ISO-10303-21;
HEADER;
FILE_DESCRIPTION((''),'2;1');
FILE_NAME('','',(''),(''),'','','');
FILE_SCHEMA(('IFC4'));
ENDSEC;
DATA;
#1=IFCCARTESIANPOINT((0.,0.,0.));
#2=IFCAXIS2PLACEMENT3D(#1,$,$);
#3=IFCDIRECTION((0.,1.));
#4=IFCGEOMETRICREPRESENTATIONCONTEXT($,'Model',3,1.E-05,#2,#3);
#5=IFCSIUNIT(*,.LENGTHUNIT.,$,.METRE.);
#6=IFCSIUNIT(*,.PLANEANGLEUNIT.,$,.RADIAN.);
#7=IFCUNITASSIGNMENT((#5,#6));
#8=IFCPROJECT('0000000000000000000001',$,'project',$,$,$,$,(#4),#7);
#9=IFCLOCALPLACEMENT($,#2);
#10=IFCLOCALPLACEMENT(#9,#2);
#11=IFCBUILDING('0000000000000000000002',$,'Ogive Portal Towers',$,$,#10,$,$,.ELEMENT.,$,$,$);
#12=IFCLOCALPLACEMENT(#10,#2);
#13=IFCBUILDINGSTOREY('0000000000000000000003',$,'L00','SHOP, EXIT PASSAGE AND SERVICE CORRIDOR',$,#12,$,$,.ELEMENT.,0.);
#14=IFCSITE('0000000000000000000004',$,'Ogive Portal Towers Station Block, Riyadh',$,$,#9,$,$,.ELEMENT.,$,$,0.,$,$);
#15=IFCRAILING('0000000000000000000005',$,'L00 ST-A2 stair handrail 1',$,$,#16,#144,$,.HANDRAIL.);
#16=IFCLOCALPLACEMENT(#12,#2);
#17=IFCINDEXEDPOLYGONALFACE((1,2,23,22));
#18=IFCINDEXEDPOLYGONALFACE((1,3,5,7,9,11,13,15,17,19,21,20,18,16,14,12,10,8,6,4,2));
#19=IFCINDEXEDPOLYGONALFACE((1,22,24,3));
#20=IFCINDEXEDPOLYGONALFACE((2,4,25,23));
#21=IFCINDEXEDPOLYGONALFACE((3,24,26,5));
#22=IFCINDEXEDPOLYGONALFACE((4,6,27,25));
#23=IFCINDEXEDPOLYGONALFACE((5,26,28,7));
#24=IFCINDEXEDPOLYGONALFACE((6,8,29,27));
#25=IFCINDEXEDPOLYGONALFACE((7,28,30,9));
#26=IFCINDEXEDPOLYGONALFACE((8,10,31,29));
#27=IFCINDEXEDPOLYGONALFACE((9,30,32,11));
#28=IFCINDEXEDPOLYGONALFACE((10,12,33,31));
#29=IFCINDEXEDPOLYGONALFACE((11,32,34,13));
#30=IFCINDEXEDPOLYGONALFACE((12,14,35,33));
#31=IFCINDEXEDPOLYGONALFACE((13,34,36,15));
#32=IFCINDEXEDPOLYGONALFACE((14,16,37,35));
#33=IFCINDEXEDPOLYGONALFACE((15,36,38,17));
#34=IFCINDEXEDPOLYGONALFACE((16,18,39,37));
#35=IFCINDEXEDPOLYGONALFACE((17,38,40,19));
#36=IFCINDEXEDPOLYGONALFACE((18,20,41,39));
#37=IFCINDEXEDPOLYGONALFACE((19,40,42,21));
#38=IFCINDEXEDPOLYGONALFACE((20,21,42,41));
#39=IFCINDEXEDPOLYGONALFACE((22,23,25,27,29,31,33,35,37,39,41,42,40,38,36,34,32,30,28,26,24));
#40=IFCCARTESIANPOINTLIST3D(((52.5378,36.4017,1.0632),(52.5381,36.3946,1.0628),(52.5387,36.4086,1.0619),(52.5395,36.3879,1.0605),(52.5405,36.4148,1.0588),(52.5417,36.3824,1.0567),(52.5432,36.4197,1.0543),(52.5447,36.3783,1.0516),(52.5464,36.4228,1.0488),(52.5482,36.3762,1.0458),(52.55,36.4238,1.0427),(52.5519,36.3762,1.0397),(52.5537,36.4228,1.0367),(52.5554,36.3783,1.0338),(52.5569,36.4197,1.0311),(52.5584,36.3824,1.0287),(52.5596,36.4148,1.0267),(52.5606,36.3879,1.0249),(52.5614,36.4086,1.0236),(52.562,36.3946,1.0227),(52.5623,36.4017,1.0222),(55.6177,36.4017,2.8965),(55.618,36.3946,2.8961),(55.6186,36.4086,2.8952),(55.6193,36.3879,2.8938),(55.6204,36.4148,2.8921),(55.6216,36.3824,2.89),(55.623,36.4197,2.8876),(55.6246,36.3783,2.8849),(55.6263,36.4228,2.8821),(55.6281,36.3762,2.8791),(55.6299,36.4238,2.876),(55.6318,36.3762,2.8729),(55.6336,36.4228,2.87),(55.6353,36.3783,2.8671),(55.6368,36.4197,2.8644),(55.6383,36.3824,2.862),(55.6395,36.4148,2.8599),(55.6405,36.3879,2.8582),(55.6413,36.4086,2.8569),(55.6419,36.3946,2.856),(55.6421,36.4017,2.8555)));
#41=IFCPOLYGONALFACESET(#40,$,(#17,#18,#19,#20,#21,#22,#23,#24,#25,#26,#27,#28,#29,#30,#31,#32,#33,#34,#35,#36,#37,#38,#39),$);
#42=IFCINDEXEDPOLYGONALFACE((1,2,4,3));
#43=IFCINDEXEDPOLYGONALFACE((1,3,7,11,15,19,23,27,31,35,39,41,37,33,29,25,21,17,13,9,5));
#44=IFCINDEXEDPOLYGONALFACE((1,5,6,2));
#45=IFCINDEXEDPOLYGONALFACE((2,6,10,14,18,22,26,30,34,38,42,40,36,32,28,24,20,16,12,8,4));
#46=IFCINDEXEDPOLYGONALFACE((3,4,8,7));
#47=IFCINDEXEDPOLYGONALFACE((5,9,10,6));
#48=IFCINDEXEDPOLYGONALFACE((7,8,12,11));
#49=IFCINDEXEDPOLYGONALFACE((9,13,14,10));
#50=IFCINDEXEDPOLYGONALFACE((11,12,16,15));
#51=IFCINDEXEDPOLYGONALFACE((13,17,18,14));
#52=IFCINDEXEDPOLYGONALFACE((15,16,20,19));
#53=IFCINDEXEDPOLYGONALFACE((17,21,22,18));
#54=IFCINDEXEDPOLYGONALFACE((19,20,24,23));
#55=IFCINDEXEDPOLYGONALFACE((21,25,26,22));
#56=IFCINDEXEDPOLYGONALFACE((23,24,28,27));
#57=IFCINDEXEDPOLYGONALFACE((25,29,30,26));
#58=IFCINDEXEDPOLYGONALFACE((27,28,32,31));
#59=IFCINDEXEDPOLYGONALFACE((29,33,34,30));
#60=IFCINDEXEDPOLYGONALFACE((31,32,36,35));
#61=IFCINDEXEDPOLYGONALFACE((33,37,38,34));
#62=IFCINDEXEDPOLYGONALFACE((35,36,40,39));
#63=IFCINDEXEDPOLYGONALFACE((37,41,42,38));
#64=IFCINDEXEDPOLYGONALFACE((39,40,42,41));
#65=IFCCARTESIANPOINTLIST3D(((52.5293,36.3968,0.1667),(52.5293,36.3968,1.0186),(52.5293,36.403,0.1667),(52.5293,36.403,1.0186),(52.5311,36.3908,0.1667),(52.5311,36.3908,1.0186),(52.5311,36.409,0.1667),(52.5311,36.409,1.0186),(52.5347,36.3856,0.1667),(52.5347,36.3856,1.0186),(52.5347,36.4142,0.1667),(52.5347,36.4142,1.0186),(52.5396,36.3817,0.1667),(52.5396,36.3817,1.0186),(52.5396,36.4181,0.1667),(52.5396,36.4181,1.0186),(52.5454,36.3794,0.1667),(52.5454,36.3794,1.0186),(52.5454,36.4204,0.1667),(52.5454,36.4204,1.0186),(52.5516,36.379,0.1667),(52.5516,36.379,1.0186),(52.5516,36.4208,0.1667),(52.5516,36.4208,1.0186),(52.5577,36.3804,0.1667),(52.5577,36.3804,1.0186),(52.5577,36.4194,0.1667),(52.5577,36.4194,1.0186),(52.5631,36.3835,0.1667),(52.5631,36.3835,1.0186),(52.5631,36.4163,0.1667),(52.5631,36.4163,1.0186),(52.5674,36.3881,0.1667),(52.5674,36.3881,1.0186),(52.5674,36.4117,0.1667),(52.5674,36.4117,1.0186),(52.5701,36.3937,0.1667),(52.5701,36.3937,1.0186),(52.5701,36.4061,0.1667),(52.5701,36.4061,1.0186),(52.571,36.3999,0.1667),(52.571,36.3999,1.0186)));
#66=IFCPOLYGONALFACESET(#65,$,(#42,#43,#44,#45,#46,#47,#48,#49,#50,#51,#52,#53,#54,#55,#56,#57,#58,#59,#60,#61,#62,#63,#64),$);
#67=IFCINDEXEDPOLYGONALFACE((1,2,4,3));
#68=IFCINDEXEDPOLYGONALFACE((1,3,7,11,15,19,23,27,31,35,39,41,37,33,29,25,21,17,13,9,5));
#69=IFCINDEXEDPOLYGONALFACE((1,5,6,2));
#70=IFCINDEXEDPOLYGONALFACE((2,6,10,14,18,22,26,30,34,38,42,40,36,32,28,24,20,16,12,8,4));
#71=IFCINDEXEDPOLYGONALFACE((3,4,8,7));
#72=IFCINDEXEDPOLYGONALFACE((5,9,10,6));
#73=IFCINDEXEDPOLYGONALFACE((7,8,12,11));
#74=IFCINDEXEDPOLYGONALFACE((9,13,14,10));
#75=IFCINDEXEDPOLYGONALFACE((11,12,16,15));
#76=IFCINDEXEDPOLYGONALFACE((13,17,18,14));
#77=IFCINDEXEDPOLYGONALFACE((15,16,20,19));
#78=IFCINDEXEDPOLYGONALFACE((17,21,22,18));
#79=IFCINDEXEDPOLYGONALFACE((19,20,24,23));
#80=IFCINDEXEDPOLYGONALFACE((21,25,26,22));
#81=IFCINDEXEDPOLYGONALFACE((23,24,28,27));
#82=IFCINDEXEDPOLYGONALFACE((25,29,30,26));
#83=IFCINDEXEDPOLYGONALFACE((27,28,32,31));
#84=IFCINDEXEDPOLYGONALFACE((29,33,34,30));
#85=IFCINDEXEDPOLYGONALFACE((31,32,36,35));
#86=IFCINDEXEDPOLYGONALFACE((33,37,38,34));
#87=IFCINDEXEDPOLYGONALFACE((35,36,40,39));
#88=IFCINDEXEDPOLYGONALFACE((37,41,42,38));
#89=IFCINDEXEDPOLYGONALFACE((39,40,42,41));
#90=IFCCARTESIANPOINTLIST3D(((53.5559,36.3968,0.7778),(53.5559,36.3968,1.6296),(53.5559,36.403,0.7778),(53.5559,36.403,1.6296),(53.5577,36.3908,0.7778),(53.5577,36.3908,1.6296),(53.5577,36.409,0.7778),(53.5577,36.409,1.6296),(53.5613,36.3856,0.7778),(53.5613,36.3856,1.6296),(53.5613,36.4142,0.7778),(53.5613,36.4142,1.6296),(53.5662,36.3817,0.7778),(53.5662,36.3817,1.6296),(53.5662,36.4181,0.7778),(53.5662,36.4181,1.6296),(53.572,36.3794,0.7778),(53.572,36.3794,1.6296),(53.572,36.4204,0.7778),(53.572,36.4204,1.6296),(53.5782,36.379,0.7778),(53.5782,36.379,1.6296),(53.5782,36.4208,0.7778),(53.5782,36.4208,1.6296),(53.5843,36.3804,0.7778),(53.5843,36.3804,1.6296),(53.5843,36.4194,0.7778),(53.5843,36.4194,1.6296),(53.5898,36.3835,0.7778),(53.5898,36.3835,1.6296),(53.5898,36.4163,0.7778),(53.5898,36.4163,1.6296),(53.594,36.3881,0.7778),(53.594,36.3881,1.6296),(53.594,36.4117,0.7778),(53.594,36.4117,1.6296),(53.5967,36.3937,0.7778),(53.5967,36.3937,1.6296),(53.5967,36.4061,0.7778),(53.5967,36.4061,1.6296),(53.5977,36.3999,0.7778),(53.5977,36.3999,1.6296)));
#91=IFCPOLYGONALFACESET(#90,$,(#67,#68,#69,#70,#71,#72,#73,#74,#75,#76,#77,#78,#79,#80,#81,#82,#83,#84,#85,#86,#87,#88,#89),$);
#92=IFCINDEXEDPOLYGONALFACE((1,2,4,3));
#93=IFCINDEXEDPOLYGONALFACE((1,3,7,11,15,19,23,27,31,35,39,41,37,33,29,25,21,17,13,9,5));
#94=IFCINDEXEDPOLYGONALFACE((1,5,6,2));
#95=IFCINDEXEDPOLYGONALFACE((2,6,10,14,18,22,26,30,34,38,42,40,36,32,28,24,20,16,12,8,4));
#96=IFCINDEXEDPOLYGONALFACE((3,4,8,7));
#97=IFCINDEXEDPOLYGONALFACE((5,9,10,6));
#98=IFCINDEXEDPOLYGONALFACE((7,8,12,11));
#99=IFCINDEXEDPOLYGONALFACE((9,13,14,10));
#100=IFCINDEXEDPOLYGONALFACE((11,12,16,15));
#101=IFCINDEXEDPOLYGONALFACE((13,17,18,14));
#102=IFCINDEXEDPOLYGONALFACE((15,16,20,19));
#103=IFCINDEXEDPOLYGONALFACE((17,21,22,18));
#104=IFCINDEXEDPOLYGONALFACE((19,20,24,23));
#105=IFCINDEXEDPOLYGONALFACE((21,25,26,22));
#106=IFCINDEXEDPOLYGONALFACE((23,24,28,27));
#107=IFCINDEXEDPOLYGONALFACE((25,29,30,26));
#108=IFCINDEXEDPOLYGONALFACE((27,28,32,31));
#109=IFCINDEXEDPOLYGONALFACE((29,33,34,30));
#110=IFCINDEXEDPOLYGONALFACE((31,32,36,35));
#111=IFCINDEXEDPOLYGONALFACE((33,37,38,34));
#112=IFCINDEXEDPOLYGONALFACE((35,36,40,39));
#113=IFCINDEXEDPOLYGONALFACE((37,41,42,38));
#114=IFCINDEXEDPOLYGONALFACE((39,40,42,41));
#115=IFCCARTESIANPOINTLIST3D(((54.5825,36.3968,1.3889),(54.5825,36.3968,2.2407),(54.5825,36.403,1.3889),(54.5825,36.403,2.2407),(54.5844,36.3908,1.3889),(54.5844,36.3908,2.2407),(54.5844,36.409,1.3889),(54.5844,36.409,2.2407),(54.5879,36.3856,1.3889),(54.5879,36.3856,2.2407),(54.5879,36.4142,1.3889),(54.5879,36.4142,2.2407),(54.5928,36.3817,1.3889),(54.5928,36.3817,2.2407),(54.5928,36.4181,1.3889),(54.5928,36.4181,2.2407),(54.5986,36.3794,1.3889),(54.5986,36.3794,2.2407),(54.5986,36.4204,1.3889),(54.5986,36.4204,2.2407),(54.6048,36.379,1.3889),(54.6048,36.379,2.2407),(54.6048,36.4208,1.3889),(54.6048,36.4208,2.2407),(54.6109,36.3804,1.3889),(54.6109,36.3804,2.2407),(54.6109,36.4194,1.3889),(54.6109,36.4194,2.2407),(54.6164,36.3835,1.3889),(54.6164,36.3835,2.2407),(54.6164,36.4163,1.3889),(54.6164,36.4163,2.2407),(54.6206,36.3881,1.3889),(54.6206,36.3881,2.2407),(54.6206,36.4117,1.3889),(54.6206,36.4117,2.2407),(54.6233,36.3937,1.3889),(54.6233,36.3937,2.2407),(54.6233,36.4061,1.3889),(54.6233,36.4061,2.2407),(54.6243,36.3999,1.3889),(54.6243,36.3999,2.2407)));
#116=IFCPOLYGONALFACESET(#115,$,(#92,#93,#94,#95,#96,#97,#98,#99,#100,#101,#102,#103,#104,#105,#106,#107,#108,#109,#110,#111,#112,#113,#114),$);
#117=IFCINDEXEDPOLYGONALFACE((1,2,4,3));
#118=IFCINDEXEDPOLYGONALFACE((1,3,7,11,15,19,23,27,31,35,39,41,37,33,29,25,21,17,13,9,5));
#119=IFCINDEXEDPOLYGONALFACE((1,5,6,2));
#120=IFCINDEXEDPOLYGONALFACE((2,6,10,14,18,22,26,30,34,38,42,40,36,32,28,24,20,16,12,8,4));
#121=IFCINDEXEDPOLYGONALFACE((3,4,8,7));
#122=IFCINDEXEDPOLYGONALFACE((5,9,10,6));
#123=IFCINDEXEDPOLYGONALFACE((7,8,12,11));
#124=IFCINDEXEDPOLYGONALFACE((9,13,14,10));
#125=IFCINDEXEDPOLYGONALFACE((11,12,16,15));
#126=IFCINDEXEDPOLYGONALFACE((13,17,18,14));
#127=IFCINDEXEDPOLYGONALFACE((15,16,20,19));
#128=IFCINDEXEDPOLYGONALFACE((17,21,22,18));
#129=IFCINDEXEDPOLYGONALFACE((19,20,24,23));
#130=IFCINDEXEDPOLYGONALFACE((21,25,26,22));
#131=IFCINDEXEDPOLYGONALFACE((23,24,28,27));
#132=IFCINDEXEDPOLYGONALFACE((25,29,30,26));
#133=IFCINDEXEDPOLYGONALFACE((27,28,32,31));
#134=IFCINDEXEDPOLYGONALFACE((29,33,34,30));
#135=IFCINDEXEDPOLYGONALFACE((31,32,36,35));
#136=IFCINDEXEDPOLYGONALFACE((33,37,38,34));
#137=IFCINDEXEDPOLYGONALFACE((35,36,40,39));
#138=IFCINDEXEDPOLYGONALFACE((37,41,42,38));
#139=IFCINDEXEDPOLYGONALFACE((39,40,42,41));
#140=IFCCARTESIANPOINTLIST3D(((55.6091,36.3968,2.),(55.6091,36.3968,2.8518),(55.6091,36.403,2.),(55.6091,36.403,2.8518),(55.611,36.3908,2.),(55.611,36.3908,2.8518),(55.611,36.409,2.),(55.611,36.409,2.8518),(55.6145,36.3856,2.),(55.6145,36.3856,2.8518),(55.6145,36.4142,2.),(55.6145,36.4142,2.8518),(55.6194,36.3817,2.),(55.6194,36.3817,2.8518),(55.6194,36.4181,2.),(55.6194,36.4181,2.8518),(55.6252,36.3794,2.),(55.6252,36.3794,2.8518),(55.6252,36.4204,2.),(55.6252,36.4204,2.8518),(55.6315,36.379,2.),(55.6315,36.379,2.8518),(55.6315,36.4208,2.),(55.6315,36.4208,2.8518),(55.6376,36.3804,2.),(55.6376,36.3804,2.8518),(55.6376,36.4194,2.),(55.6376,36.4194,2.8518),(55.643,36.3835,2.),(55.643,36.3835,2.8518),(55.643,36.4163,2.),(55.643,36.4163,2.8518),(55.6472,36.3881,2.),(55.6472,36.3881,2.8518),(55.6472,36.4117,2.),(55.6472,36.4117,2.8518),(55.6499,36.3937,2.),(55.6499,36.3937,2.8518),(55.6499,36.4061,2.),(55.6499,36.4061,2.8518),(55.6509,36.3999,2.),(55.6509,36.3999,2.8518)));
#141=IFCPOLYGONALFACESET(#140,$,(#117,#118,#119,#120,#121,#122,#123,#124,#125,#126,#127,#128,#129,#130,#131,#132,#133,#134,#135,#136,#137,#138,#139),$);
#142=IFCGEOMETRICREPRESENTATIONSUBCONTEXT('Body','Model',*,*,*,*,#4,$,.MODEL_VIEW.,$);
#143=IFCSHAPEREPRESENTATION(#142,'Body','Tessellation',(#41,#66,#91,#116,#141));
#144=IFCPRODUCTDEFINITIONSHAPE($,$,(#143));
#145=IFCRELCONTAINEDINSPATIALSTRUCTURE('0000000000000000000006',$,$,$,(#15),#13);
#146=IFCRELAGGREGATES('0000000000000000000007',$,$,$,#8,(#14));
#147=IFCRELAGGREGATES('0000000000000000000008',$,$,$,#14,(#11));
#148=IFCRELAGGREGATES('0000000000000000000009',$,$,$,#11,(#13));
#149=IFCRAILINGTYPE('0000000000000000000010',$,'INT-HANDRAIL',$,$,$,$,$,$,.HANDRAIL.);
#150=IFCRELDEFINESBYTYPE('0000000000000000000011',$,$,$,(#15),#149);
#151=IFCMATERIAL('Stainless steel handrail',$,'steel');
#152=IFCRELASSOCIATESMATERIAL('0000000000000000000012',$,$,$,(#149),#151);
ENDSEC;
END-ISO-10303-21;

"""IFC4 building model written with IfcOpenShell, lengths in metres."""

from ifc_helpers import new_model, si_unit, direction, frame, origin, origin_2d, place, context, subcontext, project, spatial, circle, extrude, material, type_object, element, save


model = new_model("IFC4")

# Units and contexts
model_context = context("Model", 3, precision=1e-05, world=origin(), true_north=direction((0.0, 1.0)))
body_context = subcontext(model_context, "Body", "Model", "MODEL_VIEW")
ifc_project = project(units=[si_unit("LENGTHUNIT", "METRE"), si_unit("PLANEANGLEUNIT", "RADIAN")], contexts=[model_context])

# Site, building, storey
site_placement = place(None, origin())
site = spatial("IfcSite", under=ifc_project, at=site_placement, Name="Ogive Portal Towers Station Block, Riyadh", CompositionType="ELEMENT", RefElevation=0.0)
building_placement = place(site_placement, origin())
building = spatial("IfcBuilding", under=site, at=building_placement, Name="Ogive Portal Towers", CompositionType="ELEMENT")
storey_placement = place(building_placement, origin())
storey = spatial("IfcBuildingStorey", under=building, at=storey_placement, Name="L00", Description="SHOP, EXIT PASSAGE AND SERVICE CORRIDOR", CompositionType="ELEMENT", Elevation=0.0)

# Railing
ifc_material_1 = material(Name="Stainless steel handrail", Category="steel")
railing_type_1 = type_object("IfcRailingType", Name="INT-HANDRAIL", PredefinedType="HANDRAIL", material=ifc_material_1)
railing_1_placement = place(storey_placement, frame((52.55, 36.3999, 0.1667)))
element("IfcRailing", 1, at=railing_1_placement, inside=storey, type_object=railing_type_1, Name="L00 ST-A2 stair handrail 1", PredefinedType="HANDRAIL", context=body_context, shape_type="SweptSolid", body=[
    extrude(circle(Radius=0.0239, at=origin_2d()), frame((0.0, 0.0, 0.876), z_axis=(0.859291, 0.0, 0.511487), x_axis=(0.0, 1.0, 0.0)), (0.0, 0.0, 1.0), 3.5842),
    extrude(circle(Radius=0.021, at=origin_2d()), origin(), (0.0, 0.0, 1.0), 0.8518),
    extrude(circle(Radius=0.021, at=origin_2d()), frame((1.0266, 0.0, 0.6111)), (0.0, 0.0, 1.0), 0.8518),
    extrude(circle(Radius=0.021, at=origin_2d()), frame((2.0532, 0.0, 1.2222)), (0.0, 0.0, 1.0), 0.8518),
    extrude(circle(Radius=0.021, at=origin_2d()), frame((3.0798, 0.0, 1.8333)), (0.0, 0.0, 1.0), 0.8518),
])

save(model, "model.ifc")
